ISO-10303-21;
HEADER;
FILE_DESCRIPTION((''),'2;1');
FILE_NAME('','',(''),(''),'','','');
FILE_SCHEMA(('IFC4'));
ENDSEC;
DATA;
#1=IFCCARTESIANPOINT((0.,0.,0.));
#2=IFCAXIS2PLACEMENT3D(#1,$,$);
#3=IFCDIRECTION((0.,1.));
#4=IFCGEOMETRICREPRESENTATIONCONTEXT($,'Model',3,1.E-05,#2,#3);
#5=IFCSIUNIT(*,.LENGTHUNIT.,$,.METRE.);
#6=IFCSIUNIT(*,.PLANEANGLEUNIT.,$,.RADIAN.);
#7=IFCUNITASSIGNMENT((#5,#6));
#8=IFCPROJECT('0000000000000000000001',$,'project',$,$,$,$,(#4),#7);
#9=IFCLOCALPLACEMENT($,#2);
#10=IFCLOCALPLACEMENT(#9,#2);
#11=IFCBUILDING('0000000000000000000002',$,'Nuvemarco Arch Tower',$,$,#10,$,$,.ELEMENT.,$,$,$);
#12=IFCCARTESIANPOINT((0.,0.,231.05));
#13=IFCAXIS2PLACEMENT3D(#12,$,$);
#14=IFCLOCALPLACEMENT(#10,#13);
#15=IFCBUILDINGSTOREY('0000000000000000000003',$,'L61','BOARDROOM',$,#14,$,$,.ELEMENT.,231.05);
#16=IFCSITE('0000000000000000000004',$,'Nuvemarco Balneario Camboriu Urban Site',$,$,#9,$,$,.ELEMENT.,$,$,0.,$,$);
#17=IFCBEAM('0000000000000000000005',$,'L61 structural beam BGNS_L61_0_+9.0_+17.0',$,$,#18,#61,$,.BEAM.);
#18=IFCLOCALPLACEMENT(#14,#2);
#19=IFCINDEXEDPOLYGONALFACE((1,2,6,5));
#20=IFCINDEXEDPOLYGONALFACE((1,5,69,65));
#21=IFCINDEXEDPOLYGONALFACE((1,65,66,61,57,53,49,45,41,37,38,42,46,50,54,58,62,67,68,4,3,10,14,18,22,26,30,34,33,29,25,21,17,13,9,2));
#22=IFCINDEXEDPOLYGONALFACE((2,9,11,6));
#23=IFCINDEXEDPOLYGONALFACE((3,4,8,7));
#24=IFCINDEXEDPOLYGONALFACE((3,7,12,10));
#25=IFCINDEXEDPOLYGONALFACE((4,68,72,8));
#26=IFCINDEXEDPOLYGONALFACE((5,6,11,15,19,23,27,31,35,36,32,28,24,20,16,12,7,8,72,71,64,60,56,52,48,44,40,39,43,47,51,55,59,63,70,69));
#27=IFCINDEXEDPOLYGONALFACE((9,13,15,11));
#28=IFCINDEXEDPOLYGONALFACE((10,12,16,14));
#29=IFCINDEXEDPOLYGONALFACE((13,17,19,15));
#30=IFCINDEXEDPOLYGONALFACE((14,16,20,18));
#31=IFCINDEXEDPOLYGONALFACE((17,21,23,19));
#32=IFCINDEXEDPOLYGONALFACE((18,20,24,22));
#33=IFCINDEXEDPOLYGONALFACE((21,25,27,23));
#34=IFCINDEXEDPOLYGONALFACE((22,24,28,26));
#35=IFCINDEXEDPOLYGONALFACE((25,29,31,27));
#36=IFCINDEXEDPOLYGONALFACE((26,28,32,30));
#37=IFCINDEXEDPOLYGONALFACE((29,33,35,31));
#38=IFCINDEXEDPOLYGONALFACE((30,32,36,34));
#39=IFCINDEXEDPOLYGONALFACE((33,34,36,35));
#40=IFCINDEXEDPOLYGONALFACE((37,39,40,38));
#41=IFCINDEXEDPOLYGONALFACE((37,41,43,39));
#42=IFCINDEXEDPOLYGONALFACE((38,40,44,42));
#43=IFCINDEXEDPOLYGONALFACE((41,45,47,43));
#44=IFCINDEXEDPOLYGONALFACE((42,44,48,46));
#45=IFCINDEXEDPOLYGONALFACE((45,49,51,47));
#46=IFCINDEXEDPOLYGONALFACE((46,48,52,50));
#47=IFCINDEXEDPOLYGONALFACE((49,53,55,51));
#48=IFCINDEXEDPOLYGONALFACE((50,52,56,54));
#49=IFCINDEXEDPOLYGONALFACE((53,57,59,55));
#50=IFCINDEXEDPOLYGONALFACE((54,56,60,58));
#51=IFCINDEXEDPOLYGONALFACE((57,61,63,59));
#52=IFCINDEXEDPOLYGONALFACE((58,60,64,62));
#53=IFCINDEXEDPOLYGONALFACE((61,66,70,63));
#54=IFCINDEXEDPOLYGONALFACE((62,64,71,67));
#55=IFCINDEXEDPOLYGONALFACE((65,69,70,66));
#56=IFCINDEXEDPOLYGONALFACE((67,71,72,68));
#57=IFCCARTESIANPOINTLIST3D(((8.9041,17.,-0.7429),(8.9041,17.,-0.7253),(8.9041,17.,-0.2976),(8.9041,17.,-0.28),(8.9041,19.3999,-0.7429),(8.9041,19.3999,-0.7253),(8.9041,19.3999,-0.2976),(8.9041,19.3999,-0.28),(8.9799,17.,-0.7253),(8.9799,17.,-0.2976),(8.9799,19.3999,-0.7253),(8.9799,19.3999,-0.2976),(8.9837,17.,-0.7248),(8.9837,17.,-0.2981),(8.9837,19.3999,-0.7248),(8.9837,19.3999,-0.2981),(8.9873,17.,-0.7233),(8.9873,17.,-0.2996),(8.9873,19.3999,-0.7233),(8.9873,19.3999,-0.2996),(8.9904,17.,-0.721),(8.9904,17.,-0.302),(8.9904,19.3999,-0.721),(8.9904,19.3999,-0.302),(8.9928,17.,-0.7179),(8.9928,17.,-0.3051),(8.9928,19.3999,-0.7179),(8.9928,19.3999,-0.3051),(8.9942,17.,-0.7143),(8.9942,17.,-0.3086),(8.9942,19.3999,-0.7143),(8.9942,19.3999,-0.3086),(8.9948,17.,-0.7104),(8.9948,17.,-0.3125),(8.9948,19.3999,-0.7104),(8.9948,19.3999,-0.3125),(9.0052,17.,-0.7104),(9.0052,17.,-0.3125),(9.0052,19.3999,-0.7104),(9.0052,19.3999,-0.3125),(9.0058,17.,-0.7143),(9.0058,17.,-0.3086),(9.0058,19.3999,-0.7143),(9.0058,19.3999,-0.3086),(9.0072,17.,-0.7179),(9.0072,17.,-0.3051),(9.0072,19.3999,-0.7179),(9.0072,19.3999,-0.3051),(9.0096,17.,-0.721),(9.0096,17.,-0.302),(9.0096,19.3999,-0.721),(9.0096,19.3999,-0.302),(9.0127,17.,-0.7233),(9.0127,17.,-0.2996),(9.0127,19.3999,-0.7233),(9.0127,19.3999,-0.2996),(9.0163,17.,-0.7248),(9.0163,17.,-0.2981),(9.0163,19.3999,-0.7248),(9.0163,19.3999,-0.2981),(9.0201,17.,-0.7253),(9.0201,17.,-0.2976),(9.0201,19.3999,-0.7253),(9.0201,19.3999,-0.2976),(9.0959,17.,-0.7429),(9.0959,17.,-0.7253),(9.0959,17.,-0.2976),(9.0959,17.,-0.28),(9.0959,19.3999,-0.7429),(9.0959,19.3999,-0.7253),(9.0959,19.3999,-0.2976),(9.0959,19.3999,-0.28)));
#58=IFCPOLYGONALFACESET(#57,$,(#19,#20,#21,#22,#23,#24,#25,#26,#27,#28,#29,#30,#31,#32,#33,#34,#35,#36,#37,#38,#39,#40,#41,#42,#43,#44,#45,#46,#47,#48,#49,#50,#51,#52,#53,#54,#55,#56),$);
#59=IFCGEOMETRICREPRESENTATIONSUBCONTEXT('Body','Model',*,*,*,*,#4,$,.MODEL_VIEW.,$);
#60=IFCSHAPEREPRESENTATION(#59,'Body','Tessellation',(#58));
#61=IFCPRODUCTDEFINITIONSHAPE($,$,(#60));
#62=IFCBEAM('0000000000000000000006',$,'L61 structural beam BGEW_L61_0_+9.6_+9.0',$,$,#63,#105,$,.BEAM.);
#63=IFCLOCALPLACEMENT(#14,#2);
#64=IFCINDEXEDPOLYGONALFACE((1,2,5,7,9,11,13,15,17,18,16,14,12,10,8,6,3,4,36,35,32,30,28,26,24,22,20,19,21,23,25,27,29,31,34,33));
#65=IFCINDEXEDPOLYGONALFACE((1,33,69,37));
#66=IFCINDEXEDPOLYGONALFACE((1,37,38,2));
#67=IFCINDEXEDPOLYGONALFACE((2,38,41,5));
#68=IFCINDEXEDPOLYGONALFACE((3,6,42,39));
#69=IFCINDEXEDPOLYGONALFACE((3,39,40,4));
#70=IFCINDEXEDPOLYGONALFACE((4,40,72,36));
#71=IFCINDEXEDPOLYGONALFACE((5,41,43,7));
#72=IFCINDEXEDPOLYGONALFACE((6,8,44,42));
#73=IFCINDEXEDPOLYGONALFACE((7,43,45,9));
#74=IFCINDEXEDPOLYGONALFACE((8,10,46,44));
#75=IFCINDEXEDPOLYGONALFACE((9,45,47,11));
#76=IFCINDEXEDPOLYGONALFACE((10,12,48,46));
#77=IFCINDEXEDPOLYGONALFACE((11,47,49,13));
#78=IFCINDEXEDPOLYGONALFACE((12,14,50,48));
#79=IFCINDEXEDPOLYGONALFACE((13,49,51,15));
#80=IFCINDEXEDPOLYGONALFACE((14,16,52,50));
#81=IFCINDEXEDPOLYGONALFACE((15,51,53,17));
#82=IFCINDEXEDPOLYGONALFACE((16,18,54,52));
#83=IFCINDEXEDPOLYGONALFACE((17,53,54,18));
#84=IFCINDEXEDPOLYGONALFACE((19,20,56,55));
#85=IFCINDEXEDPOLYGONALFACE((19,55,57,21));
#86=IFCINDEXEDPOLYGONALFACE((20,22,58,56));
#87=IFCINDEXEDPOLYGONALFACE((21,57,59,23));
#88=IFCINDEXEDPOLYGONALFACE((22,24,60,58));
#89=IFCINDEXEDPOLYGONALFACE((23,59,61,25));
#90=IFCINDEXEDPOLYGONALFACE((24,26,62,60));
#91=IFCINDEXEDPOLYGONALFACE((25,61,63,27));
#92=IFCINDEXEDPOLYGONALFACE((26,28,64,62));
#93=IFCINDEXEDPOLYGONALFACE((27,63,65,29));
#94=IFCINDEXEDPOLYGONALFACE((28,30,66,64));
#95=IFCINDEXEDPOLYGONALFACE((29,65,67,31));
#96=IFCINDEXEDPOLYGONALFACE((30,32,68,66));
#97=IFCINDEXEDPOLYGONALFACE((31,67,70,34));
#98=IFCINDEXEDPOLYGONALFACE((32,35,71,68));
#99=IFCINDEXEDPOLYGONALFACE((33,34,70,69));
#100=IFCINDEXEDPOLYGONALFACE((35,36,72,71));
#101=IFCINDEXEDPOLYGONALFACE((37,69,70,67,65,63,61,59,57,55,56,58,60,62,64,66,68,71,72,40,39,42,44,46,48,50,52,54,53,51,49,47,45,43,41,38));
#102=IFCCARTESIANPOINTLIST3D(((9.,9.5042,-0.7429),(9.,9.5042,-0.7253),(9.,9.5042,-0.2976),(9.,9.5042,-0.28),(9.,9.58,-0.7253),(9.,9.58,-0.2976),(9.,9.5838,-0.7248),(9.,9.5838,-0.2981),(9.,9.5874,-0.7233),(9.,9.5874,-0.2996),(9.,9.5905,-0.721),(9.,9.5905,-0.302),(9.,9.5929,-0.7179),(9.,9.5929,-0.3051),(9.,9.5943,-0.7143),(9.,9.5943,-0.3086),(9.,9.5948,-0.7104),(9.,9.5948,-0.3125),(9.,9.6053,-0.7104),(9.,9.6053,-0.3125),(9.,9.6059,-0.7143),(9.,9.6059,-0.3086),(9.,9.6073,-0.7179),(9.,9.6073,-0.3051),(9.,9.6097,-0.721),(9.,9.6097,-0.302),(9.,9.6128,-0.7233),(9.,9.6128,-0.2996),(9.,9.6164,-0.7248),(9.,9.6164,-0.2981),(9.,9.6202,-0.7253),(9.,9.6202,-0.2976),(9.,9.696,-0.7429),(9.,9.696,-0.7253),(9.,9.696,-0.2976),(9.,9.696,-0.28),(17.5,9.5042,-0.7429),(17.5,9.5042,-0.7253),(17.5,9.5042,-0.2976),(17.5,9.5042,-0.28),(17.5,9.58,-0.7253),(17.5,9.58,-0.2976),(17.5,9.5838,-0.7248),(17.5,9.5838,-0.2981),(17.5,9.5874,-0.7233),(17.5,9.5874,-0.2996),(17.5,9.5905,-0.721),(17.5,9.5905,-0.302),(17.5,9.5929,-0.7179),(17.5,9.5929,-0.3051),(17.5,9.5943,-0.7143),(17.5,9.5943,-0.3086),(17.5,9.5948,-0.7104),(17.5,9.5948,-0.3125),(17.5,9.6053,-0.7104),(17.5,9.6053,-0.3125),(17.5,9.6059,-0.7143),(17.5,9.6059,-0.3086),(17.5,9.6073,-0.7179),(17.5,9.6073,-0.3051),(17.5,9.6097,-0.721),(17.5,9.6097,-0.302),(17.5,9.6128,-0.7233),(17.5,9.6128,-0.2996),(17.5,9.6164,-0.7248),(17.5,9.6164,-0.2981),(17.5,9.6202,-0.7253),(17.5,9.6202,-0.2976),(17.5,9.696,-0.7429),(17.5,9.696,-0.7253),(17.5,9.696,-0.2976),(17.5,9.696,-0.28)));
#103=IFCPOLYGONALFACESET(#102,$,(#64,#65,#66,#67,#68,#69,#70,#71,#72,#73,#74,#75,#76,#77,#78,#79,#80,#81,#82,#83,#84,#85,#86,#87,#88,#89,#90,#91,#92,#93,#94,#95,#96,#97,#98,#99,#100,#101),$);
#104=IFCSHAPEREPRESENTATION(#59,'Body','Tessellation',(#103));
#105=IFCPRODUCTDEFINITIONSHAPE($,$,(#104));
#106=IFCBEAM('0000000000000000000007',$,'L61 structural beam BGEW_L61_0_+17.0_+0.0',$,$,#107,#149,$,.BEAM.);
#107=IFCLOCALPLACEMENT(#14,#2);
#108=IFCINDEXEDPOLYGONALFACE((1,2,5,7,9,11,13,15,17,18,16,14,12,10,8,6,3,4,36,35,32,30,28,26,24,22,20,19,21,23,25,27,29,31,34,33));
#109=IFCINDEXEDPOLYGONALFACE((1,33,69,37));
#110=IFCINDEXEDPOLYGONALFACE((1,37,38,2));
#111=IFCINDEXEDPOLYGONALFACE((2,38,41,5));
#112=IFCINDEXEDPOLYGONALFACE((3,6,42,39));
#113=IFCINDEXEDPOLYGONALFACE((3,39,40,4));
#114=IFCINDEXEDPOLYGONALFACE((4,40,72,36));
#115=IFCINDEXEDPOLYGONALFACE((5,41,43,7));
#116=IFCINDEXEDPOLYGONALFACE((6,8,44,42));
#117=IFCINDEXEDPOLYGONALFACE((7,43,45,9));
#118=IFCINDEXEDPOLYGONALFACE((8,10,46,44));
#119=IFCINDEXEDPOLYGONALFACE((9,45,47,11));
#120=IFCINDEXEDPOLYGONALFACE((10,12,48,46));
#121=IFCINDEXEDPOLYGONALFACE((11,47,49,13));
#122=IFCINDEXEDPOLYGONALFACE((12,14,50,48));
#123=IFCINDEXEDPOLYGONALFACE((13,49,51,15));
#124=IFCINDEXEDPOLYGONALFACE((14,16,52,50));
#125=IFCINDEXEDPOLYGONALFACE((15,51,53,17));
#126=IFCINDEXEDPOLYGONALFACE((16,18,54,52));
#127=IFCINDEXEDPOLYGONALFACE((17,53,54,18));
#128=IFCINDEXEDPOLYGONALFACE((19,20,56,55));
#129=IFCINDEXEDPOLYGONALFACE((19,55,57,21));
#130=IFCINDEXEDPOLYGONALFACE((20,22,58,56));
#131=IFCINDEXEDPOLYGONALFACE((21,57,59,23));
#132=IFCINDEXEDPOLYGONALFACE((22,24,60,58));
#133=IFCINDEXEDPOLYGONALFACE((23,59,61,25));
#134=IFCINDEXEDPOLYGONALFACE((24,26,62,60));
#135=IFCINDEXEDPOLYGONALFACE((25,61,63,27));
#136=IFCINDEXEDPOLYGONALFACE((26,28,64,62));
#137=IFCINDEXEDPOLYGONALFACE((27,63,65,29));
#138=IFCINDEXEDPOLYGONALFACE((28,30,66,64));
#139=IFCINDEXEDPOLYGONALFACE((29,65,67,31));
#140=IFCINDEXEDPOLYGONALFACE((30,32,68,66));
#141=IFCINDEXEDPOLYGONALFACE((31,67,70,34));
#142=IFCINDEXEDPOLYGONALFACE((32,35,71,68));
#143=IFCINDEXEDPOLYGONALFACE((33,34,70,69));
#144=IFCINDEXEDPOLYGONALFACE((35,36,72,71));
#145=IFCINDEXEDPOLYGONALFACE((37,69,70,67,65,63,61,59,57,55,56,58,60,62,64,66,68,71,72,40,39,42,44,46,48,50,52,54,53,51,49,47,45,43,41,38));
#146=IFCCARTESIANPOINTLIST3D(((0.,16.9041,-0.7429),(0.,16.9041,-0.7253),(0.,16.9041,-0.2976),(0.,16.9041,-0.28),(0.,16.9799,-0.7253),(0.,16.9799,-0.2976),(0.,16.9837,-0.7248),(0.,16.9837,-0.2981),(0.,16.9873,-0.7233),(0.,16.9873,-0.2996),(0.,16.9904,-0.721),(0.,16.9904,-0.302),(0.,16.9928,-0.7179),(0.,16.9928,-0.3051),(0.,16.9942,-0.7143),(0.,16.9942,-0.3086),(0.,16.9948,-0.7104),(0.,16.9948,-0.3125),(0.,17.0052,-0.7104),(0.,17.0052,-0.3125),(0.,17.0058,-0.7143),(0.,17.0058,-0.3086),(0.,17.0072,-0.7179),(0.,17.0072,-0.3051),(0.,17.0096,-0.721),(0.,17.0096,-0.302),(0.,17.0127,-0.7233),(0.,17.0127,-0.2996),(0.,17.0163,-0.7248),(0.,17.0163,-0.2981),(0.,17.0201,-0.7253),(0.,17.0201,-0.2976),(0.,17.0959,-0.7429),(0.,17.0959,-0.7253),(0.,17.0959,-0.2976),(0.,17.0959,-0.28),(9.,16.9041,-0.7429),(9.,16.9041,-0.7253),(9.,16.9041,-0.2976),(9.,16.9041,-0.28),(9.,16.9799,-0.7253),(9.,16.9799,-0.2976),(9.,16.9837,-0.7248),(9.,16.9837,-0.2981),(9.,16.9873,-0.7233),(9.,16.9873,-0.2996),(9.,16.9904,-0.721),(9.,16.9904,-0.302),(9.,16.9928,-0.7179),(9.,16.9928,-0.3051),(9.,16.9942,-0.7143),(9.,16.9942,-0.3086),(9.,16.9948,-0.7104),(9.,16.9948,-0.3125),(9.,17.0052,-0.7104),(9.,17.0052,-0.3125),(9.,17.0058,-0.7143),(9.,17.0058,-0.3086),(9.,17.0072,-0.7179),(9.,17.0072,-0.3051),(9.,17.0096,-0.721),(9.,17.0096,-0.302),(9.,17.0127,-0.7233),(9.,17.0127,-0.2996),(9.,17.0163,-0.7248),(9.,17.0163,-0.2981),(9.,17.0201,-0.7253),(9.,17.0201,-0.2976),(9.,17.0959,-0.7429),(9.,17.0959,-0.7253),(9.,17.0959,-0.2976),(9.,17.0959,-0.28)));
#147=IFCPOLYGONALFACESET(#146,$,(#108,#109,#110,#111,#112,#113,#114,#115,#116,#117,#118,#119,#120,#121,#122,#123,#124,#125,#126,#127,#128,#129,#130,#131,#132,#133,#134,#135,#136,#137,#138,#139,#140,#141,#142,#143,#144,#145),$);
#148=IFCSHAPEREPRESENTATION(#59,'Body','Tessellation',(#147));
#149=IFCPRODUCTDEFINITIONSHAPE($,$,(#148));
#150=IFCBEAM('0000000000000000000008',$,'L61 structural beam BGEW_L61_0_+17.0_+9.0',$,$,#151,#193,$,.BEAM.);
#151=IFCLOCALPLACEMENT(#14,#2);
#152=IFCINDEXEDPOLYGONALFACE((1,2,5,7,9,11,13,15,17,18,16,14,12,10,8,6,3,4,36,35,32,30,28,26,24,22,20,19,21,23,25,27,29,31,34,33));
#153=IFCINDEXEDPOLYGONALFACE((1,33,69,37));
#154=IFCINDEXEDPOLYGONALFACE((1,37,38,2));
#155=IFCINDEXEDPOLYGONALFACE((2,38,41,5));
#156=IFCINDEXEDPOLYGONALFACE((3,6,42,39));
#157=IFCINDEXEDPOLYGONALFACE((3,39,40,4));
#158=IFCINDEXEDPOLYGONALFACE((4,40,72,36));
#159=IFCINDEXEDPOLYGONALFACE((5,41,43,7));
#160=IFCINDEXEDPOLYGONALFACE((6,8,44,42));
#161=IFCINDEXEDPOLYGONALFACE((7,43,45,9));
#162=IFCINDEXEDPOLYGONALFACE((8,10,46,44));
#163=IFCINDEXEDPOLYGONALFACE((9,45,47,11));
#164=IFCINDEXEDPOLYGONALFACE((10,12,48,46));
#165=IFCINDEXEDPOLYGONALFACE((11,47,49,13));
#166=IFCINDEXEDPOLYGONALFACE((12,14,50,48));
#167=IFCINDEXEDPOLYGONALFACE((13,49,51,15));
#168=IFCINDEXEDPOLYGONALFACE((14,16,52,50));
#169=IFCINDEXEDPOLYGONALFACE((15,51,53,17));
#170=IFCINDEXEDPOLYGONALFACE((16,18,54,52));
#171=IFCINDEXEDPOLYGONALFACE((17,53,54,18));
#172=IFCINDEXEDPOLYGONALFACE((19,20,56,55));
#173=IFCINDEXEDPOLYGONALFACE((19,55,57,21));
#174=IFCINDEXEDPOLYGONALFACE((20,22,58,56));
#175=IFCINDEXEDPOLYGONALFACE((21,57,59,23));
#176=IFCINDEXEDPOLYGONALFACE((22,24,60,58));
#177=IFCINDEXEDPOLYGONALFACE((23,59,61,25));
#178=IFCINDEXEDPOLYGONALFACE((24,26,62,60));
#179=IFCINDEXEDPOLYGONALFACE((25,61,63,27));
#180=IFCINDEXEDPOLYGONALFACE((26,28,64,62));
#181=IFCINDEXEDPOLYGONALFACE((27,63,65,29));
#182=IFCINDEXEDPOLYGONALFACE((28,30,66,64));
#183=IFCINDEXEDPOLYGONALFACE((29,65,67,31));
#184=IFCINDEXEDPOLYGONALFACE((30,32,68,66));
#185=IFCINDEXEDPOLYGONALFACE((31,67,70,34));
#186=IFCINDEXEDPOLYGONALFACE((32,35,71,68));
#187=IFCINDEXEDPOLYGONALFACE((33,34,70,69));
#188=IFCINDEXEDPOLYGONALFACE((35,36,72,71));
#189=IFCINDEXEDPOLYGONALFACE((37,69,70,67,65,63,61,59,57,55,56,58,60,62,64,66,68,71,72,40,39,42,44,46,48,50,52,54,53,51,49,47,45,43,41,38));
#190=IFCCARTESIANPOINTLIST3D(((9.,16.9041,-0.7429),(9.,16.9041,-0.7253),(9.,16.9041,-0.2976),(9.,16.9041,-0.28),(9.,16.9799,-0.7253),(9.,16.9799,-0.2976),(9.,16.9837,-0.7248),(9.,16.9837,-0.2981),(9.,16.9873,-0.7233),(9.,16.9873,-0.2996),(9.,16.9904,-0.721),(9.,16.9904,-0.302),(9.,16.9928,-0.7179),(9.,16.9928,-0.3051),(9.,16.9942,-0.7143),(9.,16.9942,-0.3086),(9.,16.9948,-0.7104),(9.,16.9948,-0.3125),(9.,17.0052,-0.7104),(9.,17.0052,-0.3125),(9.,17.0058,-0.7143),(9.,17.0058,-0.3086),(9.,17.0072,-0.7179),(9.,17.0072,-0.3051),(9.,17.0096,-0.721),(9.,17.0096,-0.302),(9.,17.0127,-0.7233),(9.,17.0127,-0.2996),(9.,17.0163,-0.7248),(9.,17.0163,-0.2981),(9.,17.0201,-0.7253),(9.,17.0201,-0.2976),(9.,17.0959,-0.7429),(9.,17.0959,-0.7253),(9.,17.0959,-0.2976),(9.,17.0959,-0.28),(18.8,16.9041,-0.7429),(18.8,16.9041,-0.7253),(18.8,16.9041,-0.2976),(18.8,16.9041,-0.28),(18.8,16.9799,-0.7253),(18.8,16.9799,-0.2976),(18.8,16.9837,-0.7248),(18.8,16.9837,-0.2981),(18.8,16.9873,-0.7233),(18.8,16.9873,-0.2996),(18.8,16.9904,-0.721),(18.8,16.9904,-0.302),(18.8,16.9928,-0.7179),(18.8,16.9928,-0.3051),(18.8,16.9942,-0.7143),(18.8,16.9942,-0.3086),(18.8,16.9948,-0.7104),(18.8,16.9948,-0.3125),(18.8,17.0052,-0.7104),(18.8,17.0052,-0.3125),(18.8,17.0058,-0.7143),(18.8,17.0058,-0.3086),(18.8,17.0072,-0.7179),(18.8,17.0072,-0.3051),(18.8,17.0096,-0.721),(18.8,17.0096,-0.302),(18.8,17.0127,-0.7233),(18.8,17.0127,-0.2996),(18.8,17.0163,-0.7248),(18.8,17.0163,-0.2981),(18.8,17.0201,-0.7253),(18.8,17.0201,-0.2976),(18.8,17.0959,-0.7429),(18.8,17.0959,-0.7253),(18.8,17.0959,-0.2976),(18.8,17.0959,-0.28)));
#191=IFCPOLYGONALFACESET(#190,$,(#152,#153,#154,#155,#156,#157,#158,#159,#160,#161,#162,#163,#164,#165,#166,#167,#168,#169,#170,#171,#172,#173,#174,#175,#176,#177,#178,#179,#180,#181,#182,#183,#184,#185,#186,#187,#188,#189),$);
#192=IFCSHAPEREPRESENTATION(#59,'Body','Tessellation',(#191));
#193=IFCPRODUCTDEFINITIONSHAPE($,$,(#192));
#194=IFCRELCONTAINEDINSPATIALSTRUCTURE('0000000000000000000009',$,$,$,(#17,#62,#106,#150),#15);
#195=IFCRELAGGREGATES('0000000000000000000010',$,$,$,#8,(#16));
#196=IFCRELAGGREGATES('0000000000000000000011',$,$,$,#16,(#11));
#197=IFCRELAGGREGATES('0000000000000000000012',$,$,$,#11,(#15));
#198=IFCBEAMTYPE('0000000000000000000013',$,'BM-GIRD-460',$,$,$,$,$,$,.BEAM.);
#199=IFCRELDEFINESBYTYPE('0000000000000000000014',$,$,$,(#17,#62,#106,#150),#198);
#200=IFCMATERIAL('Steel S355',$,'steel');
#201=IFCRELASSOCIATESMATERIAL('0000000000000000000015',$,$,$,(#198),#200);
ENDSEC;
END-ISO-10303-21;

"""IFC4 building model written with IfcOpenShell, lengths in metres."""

from ifc_helpers import new_model, si_unit, direction, frame, origin, origin_2d, place, context, subcontext, project, spatial, i_section, extrude, material, material_profile, profile_set, type_object, element, save


model = new_model("IFC4")

# Units and contexts
model_context = context("Model", 3, precision=1e-05, world=origin(), true_north=direction((0.0, 1.0)))
body_context = subcontext(model_context, "Body", "Model", "MODEL_VIEW")
ifc_project = project(units=[si_unit("LENGTHUNIT", "METRE"), si_unit("PLANEANGLEUNIT", "RADIAN")], contexts=[model_context])

# Site, building, storey
site_placement = place(None, origin())
site = spatial("IfcSite", under=ifc_project, at=site_placement, Name="Nuvemarco Balneario Camboriu Urban Site", CompositionType="ELEMENT", RefElevation=0.0)
building_placement = place(site_placement, origin())
building = spatial("IfcBuilding", under=site, at=building_placement, Name="Nuvemarco Arch Tower", CompositionType="ELEMENT")
storey_placement = place(building_placement, frame((0.0, 0.0, 231.05)))
storey = spatial("IfcBuildingStorey", under=building, at=storey_placement, Name="L61", Description="BOARDROOM", CompositionType="ELEMENT", Elevation=231.05)

# Shared definitions
ifc_material_1 = material(Name="Steel S355", Category="steel")

# Beams
ifc_material_profile_1 = material_profile(ifc_material_1, i_section(OverallWidth=0.1919, OverallDepth=0.4629, WebThickness=0.0105, FlangeThickness=0.0176, FilletRadius=0.0149, at=origin_2d()), Name="W460x89")
ifc_profile_set_1 = profile_set([ifc_material_profile_1], Name="Steel S355")
beam_type_1 = type_object("IfcBeamType", Name="BM-GIRD-460", PredefinedType="BEAM", material=ifc_profile_set_1)
beam_1_placement = place(storey_placement, frame((9.0, 17.0, -0.5115), z_axis=(0.0, 1.0, 0.0), x_axis=(-1.0, 0.0, 0.0)))
element("IfcBeam", 1, at=beam_1_placement, inside=storey, type_object=beam_type_1, Name="L61 structural beam BGNS_L61_0_+9.0_+17.0", PredefinedType="BEAM", context=body_context, shape_type="SweptSolid", body=[
    extrude(i_section(OverallWidth=0.1919, OverallDepth=0.4629, WebThickness=0.0105, FlangeThickness=0.0176, FilletRadius=0.0149, at=origin_2d()), origin(), (0.0, 0.0, 1.0), 2.3999),
])
beam_2_placement = place(storey_placement, frame((9.0, 9.6001, -0.5115), z_axis=(1.0, 0.0, 0.0), x_axis=(0.0, 1.0, 0.0)))
element("IfcBeam", 2, at=beam_2_placement, inside=storey, type_object=beam_type_1, Name="L61 structural beam BGEW_L61_0_+9.6_+9.0", PredefinedType="BEAM", context=body_context, shape_type="SweptSolid", body=[
    extrude(i_section(OverallWidth=0.1919, OverallDepth=0.4629, WebThickness=0.0105, FlangeThickness=0.0176, FilletRadius=0.0149, at=origin_2d()), origin(), (0.0, 0.0, 1.0), 8.5),
])
beam_3_placement = place(storey_placement, frame((0.0, 17.0, -0.5115), z_axis=(1.0, 0.0, 0.0), x_axis=(0.0, 1.0, 0.0)))
element("IfcBeam", 3, at=beam_3_placement, inside=storey, type_object=beam_type_1, Name="L61 structural beam BGEW_L61_0_+17.0_+0.0", PredefinedType="BEAM", context=body_context, shape_type="SweptSolid", body=[
    extrude(i_section(OverallWidth=0.1919, OverallDepth=0.4629, WebThickness=0.0105, FlangeThickness=0.0176, FilletRadius=0.0149, at=origin_2d()), origin(), (0.0, 0.0, 1.0), 9.0),
])
beam_4_placement = place(storey_placement, frame((9.0, 17.0, -0.5115), z_axis=(1.0, 0.0, 0.0), x_axis=(0.0, 1.0, 0.0)))
element("IfcBeam", 4, at=beam_4_placement, inside=storey, type_object=beam_type_1, Name="L61 structural beam BGEW_L61_0_+17.0_+9.0", PredefinedType="BEAM", context=body_context, shape_type="SweptSolid", body=[
    extrude(i_section(OverallWidth=0.1919, OverallDepth=0.4629, WebThickness=0.0105, FlangeThickness=0.0176, FilletRadius=0.0149, at=origin_2d()), origin(), (0.0, 0.0, 1.0), 9.8),
])

save(model, "model.ifc")
